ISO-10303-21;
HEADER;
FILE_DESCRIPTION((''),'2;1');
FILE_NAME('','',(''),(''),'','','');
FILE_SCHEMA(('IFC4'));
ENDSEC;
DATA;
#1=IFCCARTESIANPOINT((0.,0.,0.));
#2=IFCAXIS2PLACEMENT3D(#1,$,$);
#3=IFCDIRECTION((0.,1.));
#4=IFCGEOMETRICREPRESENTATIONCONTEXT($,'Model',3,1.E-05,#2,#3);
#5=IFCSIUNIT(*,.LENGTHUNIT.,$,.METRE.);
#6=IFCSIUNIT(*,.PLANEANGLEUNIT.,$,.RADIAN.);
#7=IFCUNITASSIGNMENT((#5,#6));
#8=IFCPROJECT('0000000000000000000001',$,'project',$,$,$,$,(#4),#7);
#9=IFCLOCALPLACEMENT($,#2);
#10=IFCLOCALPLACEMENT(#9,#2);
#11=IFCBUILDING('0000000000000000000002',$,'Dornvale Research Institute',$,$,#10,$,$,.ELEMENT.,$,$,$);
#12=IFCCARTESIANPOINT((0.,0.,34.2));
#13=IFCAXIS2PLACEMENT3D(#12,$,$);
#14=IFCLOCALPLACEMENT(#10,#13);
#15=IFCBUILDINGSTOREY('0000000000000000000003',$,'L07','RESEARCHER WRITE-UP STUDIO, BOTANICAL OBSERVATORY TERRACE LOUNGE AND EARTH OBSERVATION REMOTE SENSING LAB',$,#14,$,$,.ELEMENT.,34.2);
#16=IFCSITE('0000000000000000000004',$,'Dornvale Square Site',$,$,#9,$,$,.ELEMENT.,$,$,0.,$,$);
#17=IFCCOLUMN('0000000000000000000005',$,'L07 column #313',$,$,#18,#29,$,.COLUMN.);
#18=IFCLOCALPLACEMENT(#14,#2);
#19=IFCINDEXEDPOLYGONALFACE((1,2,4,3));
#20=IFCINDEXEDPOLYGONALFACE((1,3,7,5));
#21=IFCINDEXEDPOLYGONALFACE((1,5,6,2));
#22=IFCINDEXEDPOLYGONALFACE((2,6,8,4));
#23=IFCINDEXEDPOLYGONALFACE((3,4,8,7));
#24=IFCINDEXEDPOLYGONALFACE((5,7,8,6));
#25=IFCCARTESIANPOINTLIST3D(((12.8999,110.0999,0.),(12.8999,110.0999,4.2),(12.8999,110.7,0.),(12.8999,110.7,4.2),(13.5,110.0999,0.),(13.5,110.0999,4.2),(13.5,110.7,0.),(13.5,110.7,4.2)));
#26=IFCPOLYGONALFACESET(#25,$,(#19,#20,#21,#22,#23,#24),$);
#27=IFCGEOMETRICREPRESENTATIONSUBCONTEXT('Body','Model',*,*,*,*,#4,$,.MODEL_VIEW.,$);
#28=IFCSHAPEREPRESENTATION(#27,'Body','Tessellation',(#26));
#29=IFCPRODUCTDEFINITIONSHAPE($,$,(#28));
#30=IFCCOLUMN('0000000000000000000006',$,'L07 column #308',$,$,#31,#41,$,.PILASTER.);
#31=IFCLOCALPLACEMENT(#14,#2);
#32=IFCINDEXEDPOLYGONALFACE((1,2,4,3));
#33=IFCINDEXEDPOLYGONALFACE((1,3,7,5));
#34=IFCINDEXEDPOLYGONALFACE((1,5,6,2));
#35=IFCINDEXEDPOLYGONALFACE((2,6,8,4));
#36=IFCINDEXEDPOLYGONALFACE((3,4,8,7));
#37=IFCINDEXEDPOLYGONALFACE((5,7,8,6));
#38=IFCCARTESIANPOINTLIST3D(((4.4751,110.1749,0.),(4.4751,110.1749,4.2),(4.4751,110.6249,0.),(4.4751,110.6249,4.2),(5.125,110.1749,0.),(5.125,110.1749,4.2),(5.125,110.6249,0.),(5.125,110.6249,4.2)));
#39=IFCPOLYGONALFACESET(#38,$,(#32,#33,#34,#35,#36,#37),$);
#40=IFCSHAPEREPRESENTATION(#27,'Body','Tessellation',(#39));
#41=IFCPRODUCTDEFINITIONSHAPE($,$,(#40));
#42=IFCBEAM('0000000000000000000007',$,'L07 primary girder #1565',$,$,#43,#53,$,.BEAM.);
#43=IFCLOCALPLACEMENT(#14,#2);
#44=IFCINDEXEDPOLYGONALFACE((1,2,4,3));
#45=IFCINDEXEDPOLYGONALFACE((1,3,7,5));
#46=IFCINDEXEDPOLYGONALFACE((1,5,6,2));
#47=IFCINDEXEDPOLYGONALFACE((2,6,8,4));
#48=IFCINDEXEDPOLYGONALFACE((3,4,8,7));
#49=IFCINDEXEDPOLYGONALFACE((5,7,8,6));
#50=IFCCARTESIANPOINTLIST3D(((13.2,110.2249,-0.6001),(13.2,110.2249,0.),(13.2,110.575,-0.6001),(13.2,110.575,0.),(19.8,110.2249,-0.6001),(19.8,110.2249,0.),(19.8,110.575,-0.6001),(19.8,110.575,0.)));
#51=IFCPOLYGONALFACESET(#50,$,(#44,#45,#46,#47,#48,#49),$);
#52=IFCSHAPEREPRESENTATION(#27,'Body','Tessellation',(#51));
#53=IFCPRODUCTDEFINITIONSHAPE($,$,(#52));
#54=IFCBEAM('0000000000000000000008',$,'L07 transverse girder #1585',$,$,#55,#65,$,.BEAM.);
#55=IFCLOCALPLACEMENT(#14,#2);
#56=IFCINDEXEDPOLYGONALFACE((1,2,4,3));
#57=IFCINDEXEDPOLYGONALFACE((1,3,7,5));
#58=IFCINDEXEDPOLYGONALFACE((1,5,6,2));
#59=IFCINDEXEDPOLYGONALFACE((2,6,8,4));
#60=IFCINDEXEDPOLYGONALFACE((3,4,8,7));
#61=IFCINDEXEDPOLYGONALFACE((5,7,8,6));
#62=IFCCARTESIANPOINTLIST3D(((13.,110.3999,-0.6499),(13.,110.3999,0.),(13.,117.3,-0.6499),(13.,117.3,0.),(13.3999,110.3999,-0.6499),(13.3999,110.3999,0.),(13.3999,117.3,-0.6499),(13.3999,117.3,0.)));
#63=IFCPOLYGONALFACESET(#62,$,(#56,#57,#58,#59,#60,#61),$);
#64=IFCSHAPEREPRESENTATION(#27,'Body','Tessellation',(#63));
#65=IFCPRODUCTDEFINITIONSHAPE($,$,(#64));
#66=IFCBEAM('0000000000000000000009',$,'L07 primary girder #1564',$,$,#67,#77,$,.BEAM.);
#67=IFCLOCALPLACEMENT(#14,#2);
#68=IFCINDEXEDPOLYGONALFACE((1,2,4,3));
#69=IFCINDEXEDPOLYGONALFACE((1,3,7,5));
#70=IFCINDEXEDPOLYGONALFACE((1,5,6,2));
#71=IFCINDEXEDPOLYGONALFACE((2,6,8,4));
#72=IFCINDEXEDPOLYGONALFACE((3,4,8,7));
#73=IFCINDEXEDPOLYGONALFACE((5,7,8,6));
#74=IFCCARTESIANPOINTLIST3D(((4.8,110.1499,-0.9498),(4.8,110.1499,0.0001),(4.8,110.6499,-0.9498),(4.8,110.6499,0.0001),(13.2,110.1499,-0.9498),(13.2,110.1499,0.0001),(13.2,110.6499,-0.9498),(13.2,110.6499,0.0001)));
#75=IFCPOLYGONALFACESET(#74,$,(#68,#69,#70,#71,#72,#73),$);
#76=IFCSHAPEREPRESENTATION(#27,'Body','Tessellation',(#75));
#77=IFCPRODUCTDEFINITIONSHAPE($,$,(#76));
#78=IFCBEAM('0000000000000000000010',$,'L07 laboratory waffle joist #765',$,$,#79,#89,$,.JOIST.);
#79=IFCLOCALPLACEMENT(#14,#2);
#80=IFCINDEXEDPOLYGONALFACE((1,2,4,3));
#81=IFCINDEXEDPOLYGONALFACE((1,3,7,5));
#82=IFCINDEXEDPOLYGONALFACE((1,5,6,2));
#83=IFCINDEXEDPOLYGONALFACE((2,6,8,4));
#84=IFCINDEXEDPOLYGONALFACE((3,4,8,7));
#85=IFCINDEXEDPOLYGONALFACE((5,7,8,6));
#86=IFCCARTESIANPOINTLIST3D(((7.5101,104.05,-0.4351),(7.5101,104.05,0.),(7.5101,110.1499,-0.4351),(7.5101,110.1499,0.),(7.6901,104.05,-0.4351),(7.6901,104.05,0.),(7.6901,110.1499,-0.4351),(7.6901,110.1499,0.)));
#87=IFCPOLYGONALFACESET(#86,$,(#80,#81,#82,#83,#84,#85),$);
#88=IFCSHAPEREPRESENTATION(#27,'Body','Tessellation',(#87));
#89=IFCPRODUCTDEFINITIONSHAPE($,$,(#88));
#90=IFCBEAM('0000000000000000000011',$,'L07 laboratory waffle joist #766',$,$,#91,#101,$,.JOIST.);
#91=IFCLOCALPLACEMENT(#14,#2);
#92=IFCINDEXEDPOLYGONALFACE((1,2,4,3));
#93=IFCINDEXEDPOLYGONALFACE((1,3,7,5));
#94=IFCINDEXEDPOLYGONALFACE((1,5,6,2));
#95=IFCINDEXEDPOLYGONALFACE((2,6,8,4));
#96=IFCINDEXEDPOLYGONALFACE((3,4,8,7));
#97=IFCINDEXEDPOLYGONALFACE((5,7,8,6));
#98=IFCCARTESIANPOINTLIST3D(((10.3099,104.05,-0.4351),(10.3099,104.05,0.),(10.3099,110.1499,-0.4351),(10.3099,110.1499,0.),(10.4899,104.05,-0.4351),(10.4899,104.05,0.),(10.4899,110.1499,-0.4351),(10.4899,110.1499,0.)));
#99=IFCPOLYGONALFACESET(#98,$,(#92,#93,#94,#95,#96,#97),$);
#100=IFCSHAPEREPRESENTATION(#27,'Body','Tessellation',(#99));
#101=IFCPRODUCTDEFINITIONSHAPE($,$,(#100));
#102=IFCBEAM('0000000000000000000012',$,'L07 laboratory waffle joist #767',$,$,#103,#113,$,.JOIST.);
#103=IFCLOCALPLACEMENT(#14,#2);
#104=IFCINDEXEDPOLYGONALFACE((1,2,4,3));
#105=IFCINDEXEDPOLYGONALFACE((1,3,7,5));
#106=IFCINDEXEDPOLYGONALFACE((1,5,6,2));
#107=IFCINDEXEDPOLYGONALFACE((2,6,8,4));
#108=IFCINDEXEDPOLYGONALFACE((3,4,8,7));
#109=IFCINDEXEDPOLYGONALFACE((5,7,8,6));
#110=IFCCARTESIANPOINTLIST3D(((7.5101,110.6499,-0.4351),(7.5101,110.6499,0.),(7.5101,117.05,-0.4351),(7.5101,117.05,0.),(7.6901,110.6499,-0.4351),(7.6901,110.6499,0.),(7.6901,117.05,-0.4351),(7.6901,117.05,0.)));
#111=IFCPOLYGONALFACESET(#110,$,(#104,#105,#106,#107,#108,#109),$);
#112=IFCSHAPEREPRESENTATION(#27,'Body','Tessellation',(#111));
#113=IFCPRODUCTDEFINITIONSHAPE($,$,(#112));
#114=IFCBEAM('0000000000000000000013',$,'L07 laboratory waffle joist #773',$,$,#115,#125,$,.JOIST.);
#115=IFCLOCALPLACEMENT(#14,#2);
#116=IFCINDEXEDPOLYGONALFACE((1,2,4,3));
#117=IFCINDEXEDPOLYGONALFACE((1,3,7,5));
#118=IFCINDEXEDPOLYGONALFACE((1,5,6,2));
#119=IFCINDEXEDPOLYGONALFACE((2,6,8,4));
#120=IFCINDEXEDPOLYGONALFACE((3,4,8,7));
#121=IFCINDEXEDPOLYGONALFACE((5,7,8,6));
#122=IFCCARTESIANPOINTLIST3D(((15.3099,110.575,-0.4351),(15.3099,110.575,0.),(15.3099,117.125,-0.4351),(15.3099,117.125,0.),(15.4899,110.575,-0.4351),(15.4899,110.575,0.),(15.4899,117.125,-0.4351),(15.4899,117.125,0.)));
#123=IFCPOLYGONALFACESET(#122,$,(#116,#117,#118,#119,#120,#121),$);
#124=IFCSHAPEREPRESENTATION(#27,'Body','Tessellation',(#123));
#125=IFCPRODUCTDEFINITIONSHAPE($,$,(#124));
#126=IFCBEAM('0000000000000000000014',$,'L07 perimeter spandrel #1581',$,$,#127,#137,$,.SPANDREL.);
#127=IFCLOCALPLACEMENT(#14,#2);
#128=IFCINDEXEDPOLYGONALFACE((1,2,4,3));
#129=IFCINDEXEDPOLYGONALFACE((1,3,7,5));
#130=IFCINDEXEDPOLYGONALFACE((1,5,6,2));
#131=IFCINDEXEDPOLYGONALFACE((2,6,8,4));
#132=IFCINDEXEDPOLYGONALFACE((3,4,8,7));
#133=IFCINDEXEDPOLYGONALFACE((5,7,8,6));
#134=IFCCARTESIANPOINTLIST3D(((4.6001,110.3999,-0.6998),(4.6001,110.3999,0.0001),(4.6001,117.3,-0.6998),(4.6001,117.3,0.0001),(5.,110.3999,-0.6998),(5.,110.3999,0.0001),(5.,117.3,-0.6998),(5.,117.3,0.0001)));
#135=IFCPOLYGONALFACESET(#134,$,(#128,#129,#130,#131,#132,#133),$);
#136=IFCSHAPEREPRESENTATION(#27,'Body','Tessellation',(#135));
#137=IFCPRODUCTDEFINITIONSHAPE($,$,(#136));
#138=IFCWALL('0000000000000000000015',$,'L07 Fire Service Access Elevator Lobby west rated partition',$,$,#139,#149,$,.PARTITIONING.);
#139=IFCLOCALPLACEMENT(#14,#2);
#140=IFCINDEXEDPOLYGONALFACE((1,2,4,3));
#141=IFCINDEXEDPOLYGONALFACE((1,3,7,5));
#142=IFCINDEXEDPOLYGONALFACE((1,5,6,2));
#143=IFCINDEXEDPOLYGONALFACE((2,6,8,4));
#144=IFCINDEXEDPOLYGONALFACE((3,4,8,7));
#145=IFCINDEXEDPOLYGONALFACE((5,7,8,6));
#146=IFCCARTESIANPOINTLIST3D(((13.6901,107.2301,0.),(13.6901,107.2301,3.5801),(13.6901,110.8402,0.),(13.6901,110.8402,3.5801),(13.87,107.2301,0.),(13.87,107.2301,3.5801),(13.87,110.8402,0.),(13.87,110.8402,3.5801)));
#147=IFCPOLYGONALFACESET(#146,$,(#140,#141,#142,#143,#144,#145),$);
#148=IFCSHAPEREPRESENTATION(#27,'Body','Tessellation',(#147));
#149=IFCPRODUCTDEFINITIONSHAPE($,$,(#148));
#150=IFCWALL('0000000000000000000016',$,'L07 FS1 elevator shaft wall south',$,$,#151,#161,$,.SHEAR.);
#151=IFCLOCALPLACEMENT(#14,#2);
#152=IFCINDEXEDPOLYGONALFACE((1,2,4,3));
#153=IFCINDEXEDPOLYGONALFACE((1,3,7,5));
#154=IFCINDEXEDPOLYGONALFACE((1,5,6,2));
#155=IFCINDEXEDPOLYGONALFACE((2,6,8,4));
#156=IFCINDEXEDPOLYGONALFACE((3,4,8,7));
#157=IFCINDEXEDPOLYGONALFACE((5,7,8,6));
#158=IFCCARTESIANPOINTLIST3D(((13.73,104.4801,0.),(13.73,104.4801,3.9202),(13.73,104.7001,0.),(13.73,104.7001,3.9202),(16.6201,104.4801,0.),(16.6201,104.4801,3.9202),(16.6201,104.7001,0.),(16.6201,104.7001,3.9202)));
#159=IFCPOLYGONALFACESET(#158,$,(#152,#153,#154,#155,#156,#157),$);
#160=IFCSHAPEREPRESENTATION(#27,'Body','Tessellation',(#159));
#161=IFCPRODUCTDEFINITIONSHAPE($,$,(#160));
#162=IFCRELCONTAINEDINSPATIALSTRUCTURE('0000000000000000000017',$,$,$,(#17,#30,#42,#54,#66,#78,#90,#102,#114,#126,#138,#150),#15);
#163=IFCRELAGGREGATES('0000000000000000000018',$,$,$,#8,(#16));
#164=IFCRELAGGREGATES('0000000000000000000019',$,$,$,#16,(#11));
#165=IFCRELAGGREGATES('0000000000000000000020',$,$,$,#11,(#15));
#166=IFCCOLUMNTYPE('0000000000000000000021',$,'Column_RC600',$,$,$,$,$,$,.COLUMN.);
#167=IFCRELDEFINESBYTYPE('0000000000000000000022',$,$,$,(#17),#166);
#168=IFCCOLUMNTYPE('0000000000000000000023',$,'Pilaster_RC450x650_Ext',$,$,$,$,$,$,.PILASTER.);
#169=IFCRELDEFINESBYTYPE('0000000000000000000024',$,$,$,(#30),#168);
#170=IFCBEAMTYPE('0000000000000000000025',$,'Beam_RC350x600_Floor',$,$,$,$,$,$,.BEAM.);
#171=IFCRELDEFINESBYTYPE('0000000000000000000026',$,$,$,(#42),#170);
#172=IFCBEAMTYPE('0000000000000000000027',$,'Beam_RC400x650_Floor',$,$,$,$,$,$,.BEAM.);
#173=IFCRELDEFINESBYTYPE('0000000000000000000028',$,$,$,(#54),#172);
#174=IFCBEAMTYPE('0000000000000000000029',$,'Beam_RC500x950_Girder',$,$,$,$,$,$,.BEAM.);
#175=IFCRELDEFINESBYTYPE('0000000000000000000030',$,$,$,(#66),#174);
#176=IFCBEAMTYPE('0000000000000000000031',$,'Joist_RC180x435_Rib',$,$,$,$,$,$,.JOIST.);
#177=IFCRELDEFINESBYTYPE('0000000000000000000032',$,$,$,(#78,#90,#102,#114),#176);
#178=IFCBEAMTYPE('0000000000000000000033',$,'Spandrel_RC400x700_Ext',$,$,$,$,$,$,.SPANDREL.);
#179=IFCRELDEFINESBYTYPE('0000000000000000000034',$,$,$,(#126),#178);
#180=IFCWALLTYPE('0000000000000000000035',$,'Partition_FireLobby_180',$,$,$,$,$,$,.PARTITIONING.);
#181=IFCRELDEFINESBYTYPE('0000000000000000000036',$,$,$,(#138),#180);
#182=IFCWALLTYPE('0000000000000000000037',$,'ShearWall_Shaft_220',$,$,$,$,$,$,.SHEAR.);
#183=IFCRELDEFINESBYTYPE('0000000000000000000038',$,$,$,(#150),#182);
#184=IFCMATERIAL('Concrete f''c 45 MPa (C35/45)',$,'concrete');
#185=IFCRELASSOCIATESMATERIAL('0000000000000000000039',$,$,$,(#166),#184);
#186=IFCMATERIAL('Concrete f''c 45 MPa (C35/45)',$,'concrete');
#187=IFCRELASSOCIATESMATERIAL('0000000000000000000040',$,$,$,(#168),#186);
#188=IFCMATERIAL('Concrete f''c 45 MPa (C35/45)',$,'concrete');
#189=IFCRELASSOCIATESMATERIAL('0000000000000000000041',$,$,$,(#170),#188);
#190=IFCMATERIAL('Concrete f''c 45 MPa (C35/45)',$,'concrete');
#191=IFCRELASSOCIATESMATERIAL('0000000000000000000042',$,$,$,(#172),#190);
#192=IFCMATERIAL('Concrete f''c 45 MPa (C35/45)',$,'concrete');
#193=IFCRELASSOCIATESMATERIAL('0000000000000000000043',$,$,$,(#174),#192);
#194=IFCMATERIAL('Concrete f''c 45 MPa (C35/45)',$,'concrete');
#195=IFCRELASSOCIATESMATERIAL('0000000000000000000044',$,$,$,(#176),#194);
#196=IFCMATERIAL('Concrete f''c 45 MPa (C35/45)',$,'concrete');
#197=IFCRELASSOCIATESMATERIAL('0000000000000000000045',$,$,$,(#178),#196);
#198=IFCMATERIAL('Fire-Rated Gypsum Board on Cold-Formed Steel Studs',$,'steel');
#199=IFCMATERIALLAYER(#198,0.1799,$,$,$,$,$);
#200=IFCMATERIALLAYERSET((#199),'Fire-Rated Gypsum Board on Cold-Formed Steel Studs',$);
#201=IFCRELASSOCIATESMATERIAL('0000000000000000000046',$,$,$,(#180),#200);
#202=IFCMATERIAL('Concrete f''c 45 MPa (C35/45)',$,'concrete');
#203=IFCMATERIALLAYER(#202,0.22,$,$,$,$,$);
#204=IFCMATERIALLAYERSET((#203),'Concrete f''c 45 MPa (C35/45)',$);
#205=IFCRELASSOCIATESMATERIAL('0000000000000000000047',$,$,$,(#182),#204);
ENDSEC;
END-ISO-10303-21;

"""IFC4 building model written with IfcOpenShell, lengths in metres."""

from ifc_helpers import new_model, si_unit, direction, frame, frame_2d, origin, origin_2d, place, context, subcontext, project, spatial, rectangle, extrude, material, layer, layer_set, material_profile, profile_set, type_object, element, save


model = new_model("IFC4")

# Units and contexts
model_context = context("Model", 3, precision=1e-05, world=origin(), true_north=direction((0.0, 1.0)))
body_context = subcontext(model_context, "Body", "Model", "MODEL_VIEW")
ifc_project = project(units=[si_unit("LENGTHUNIT", "METRE"), si_unit("PLANEANGLEUNIT", "RADIAN")], contexts=[model_context])

# Site, building, storey
site_placement = place(None, origin())
site = spatial("IfcSite", under=ifc_project, at=site_placement, Name="Dornvale Square Site", CompositionType="ELEMENT", RefElevation=0.0)
building_placement = place(site_placement, origin())
building = spatial("IfcBuilding", under=site, at=building_placement, Name="Dornvale Research Institute", CompositionType="ELEMENT")
storey_placement = place(building_placement, frame((0.0, 0.0, 34.2)))
storey = spatial("IfcBuildingStorey", under=building, at=storey_placement, Name="L07", Description="RESEARCHER WRITE-UP STUDIO, BOTANICAL OBSERVATORY TERRACE LOUNGE AND EARTH OBSERVATION REMOTE SENSING LAB", CompositionType="ELEMENT", Elevation=34.2)

# Columns
ifc_material_1 = material(Name="Concrete f'c 45 MPa (C35/45)", Category="concrete")
ifc_material_profile_1 = material_profile(ifc_material_1, rectangle(XDim=0.6001, YDim=0.6001, at=origin_2d()), Name="RC 600x600")
ifc_profile_set_1 = profile_set([ifc_material_profile_1], Name="Concrete f'c 45 MPa (C35/45)")
column_type_1 = type_object("IfcColumnType", Name="Column_RC600", PredefinedType="COLUMN", material=ifc_profile_set_1)
column_1_placement = place(storey_placement, frame((13.2, 110.3999, 0.0), z_axis=(0.0, 0.0, 1.0), x_axis=(1.0, 0.0, 0.0)))
element("IfcColumn", 1, at=column_1_placement, inside=storey, type_object=column_type_1, Name="L07 column #313", PredefinedType="COLUMN", context=body_context, shape_type="SweptSolid", body=[
    extrude(rectangle(XDim=0.6001, YDim=0.6001, at=origin_2d()), origin(), (0.0, 0.0, 1.0), 4.2),
])
ifc_material_2 = material(Name="Concrete f'c 45 MPa (C35/45)", Category="concrete")
ifc_material_profile_2 = material_profile(ifc_material_2, rectangle(XDim=0.45, YDim=0.6499, at=origin_2d()), Name="RC 450x650")
ifc_profile_set_2 = profile_set([ifc_material_profile_2], Name="Concrete f'c 45 MPa (C35/45)")
column_type_2 = type_object("IfcColumnType", Name="Pilaster_RC450x650_Ext", PredefinedType="PILASTER", material=ifc_profile_set_2)
column_2_placement = place(storey_placement, frame((4.8, 110.3999, 0.0), z_axis=(0.0, 0.0, 1.0), x_axis=(0.0, 1.0, 0.0)))
element("IfcColumn", 2, at=column_2_placement, inside=storey, type_object=column_type_2, Name="L07 column #308", PredefinedType="PILASTER", context=body_context, shape_type="SweptSolid", body=[
    extrude(rectangle(XDim=0.45, YDim=0.6499, at=origin_2d()), origin(), (0.0, 0.0, 1.0), 4.2),
])

# Beams
ifc_material_3 = material(Name="Concrete f'c 45 MPa (C35/45)", Category="concrete")
ifc_material_profile_3 = material_profile(ifc_material_3, rectangle(XDim=0.3501, YDim=0.6001, at=origin_2d()), Name="RC 350x600")
ifc_profile_set_3 = profile_set([ifc_material_profile_3], Name="Concrete f'c 45 MPa (C35/45)")
beam_type_1 = type_object("IfcBeamType", Name="Beam_RC350x600_Floor", PredefinedType="BEAM", material=ifc_profile_set_3)
beam_1_placement = place(storey_placement, frame((13.2, 110.3999, -0.3), z_axis=(1.0, 0.0, 0.0), x_axis=(0.0, 1.0, 0.0)))
element("IfcBeam", 3, at=beam_1_placement, inside=storey, type_object=beam_type_1, Name="L07 primary girder #1565", PredefinedType="BEAM", context=body_context, shape_type="SweptSolid", body=[
    extrude(rectangle(XDim=0.3501, YDim=0.6001, at=origin_2d()), origin(), (0.0, 0.0, 1.0), 6.6001),
])
ifc_material_4 = material(Name="Concrete f'c 45 MPa (C35/45)", Category="concrete")
ifc_material_profile_4 = material_profile(ifc_material_4, rectangle(XDim=0.3999, YDim=0.6499, at=origin_2d()), Name="RC 400x650")
ifc_profile_set_4 = profile_set([ifc_material_profile_4], Name="Concrete f'c 45 MPa (C35/45)")
beam_type_2 = type_object("IfcBeamType", Name="Beam_RC400x650_Floor", PredefinedType="BEAM", material=ifc_profile_set_4)
beam_2_placement = place(storey_placement, frame((13.2, 110.3999, -0.325), z_axis=(0.0, 1.0, 0.0), x_axis=(-1.0, 0.0, 0.0)))
element("IfcBeam", 4, at=beam_2_placement, inside=storey, type_object=beam_type_2, Name="L07 transverse girder #1585", PredefinedType="BEAM", context=body_context, shape_type="SweptSolid", body=[
    extrude(rectangle(XDim=0.3999, YDim=0.6499, at=origin_2d()), origin(), (0.0, 0.0, 1.0), 6.9001),
])
ifc_material_5 = material(Name="Concrete f'c 45 MPa (C35/45)", Category="concrete")
ifc_material_profile_5 = material_profile(ifc_material_5, rectangle(XDim=0.5, YDim=0.95, at=origin_2d()), Name="RC 500x950")
ifc_profile_set_5 = profile_set([ifc_material_profile_5], Name="Concrete f'c 45 MPa (C35/45)")
beam_type_3 = type_object("IfcBeamType", Name="Beam_RC500x950_Girder", PredefinedType="BEAM", material=ifc_profile_set_5)
beam_3_placement = place(storey_placement, frame((4.8, 110.3999, -0.4749), z_axis=(1.0, 0.0, 0.0), x_axis=(0.0, 1.0, 0.0)))
element("IfcBeam", 5, at=beam_3_placement, inside=storey, type_object=beam_type_3, Name="L07 primary girder #1564", PredefinedType="BEAM", context=body_context, shape_type="SweptSolid", body=[
    extrude(rectangle(XDim=0.5, YDim=0.95, at=origin_2d()), origin(), (0.0, 0.0, 1.0), 8.3999),
])
ifc_material_6 = material(Name="Concrete f'c 45 MPa (C35/45)", Category="concrete")
ifc_material_profile_6 = material_profile(ifc_material_6, rectangle(XDim=0.1799, YDim=0.4351, at=origin_2d()), Name="RC 180x435")
ifc_profile_set_6 = profile_set([ifc_material_profile_6], Name="Concrete f'c 45 MPa (C35/45)")
beam_type_4 = type_object("IfcBeamType", Name="Joist_RC180x435_Rib", PredefinedType="JOIST", material=ifc_profile_set_6)
for number, where, z_axis, x_axis, name in (
    (6, (7.6001, 104.05, -0.2175), (0.0, 1.0, 0.0), (-1.0, 0.0, 0.0), "L07 laboratory waffle joist #765"),
    (7, (10.3999, 104.05, -0.2175), (0.0, 1.0, 0.0), (-1.0, 0.0, 0.0), "L07 laboratory waffle joist #766"),
):
    element("IfcBeam", number, at=place(storey_placement, frame(where, z_axis=z_axis, x_axis=x_axis)), inside=storey, type_object=beam_type_4, Name=name, PredefinedType="JOIST", context=body_context, shape_type="SweptSolid", body=[
        extrude(rectangle(XDim=0.1799, YDim=0.4351, at=origin_2d()), origin(), (0.0, 0.0, 1.0), 6.0999),
    ])
beam_4_placement = place(storey_placement, frame((7.6001, 110.6499, -0.2175), z_axis=(0.0, 1.0, 0.0), x_axis=(-1.0, 0.0, 0.0)))
element("IfcBeam", 8, at=beam_4_placement, inside=storey, type_object=beam_type_4, Name="L07 laboratory waffle joist #767", PredefinedType="JOIST", context=body_context, shape_type="SweptSolid", body=[
    extrude(rectangle(XDim=0.1799, YDim=0.4351, at=origin_2d()), origin(), (0.0, 0.0, 1.0), 6.4001),
])
beam_5_placement = place(storey_placement, frame((15.3999, 110.575, -0.2175), z_axis=(0.0, 1.0, 0.0), x_axis=(-1.0, 0.0, 0.0)))
element("IfcBeam", 9, at=beam_5_placement, inside=storey, type_object=beam_type_4, Name="L07 laboratory waffle joist #773", PredefinedType="JOIST", context=body_context, shape_type="SweptSolid", body=[
    extrude(rectangle(XDim=0.1799, YDim=0.4351, at=origin_2d()), origin(), (0.0, 0.0, 1.0), 6.55),
])
ifc_material_7 = material(Name="Concrete f'c 45 MPa (C35/45)", Category="concrete")
ifc_material_profile_7 = material_profile(ifc_material_7, rectangle(XDim=0.3999, YDim=0.7, at=origin_2d()), Name="RC 400x700")
ifc_profile_set_7 = profile_set([ifc_material_profile_7], Name="Concrete f'c 45 MPa (C35/45)")
beam_type_5 = type_object("IfcBeamType", Name="Spandrel_RC400x700_Ext", PredefinedType="SPANDREL", material=ifc_profile_set_7)
beam_6_placement = place(storey_placement, frame((4.8, 110.3999, -0.3499), z_axis=(0.0, 1.0, 0.0), x_axis=(-1.0, 0.0, 0.0)))
element("IfcBeam", 10, at=beam_6_placement, inside=storey, type_object=beam_type_5, Name="L07 perimeter spandrel #1581", PredefinedType="SPANDREL", context=body_context, shape_type="SweptSolid", body=[
    extrude(rectangle(XDim=0.3999, YDim=0.7, at=origin_2d()), origin(), (0.0, 0.0, 1.0), 6.9001),
])

# Walls
ifc_material_8 = material(Name="Fire-Rated Gypsum Board on Cold-Formed Steel Studs", Category="steel")
ifc_layer_1 = layer(ifc_material_8, 0.1799)
ifc_layer_set_1 = layer_set([ifc_layer_1], Name="Fire-Rated Gypsum Board on Cold-Formed Steel Studs")
wall_type_1 = type_object("IfcWallType", Name="Partition_FireLobby_180", PredefinedType="PARTITIONING", material=ifc_layer_set_1)
wall_1_placement = place(storey_placement, frame((13.78, 107.23, 0.0), z_axis=(0.0, 0.0, 1.0), x_axis=(0.0, 1.0, 0.0)))
element("IfcWall", 11, at=wall_1_placement, inside=storey, type_object=wall_type_1, Name="L07 Fire Service Access Elevator Lobby west rated partition", PredefinedType="PARTITIONING", context=body_context, shape_type="SweptSolid", body=[
    extrude(rectangle(XDim=3.6101, YDim=0.1799, at=frame_2d((1.8052, 0.0))), origin(), (0.0, 0.0, 1.0), 3.5801),
])
ifc_material_9 = material(Name="Concrete f'c 45 MPa (C35/45)", Category="concrete")
ifc_layer_2 = layer(ifc_material_9, 0.22)
ifc_layer_set_2 = layer_set([ifc_layer_2], Name="Concrete f'c 45 MPa (C35/45)")
wall_type_2 = type_object("IfcWallType", Name="ShearWall_Shaft_220", PredefinedType="SHEAR", material=ifc_layer_set_2)
wall_2_placement = place(storey_placement, frame((13.73, 104.5901, 0.0), z_axis=(0.0, 0.0, 1.0), x_axis=(1.0, 0.0, 0.0)))
element("IfcWall", 12, at=wall_2_placement, inside=storey, type_object=wall_type_2, Name="L07 FS1 elevator shaft wall south", PredefinedType="SHEAR", context=body_context, shape_type="SweptSolid", body=[
    extrude(rectangle(XDim=2.8901, YDim=0.22, at=frame_2d((1.4451, 0.0))), origin(), (0.0, 0.0, 1.0), 3.9202),
])

save(model, "model.ifc")
